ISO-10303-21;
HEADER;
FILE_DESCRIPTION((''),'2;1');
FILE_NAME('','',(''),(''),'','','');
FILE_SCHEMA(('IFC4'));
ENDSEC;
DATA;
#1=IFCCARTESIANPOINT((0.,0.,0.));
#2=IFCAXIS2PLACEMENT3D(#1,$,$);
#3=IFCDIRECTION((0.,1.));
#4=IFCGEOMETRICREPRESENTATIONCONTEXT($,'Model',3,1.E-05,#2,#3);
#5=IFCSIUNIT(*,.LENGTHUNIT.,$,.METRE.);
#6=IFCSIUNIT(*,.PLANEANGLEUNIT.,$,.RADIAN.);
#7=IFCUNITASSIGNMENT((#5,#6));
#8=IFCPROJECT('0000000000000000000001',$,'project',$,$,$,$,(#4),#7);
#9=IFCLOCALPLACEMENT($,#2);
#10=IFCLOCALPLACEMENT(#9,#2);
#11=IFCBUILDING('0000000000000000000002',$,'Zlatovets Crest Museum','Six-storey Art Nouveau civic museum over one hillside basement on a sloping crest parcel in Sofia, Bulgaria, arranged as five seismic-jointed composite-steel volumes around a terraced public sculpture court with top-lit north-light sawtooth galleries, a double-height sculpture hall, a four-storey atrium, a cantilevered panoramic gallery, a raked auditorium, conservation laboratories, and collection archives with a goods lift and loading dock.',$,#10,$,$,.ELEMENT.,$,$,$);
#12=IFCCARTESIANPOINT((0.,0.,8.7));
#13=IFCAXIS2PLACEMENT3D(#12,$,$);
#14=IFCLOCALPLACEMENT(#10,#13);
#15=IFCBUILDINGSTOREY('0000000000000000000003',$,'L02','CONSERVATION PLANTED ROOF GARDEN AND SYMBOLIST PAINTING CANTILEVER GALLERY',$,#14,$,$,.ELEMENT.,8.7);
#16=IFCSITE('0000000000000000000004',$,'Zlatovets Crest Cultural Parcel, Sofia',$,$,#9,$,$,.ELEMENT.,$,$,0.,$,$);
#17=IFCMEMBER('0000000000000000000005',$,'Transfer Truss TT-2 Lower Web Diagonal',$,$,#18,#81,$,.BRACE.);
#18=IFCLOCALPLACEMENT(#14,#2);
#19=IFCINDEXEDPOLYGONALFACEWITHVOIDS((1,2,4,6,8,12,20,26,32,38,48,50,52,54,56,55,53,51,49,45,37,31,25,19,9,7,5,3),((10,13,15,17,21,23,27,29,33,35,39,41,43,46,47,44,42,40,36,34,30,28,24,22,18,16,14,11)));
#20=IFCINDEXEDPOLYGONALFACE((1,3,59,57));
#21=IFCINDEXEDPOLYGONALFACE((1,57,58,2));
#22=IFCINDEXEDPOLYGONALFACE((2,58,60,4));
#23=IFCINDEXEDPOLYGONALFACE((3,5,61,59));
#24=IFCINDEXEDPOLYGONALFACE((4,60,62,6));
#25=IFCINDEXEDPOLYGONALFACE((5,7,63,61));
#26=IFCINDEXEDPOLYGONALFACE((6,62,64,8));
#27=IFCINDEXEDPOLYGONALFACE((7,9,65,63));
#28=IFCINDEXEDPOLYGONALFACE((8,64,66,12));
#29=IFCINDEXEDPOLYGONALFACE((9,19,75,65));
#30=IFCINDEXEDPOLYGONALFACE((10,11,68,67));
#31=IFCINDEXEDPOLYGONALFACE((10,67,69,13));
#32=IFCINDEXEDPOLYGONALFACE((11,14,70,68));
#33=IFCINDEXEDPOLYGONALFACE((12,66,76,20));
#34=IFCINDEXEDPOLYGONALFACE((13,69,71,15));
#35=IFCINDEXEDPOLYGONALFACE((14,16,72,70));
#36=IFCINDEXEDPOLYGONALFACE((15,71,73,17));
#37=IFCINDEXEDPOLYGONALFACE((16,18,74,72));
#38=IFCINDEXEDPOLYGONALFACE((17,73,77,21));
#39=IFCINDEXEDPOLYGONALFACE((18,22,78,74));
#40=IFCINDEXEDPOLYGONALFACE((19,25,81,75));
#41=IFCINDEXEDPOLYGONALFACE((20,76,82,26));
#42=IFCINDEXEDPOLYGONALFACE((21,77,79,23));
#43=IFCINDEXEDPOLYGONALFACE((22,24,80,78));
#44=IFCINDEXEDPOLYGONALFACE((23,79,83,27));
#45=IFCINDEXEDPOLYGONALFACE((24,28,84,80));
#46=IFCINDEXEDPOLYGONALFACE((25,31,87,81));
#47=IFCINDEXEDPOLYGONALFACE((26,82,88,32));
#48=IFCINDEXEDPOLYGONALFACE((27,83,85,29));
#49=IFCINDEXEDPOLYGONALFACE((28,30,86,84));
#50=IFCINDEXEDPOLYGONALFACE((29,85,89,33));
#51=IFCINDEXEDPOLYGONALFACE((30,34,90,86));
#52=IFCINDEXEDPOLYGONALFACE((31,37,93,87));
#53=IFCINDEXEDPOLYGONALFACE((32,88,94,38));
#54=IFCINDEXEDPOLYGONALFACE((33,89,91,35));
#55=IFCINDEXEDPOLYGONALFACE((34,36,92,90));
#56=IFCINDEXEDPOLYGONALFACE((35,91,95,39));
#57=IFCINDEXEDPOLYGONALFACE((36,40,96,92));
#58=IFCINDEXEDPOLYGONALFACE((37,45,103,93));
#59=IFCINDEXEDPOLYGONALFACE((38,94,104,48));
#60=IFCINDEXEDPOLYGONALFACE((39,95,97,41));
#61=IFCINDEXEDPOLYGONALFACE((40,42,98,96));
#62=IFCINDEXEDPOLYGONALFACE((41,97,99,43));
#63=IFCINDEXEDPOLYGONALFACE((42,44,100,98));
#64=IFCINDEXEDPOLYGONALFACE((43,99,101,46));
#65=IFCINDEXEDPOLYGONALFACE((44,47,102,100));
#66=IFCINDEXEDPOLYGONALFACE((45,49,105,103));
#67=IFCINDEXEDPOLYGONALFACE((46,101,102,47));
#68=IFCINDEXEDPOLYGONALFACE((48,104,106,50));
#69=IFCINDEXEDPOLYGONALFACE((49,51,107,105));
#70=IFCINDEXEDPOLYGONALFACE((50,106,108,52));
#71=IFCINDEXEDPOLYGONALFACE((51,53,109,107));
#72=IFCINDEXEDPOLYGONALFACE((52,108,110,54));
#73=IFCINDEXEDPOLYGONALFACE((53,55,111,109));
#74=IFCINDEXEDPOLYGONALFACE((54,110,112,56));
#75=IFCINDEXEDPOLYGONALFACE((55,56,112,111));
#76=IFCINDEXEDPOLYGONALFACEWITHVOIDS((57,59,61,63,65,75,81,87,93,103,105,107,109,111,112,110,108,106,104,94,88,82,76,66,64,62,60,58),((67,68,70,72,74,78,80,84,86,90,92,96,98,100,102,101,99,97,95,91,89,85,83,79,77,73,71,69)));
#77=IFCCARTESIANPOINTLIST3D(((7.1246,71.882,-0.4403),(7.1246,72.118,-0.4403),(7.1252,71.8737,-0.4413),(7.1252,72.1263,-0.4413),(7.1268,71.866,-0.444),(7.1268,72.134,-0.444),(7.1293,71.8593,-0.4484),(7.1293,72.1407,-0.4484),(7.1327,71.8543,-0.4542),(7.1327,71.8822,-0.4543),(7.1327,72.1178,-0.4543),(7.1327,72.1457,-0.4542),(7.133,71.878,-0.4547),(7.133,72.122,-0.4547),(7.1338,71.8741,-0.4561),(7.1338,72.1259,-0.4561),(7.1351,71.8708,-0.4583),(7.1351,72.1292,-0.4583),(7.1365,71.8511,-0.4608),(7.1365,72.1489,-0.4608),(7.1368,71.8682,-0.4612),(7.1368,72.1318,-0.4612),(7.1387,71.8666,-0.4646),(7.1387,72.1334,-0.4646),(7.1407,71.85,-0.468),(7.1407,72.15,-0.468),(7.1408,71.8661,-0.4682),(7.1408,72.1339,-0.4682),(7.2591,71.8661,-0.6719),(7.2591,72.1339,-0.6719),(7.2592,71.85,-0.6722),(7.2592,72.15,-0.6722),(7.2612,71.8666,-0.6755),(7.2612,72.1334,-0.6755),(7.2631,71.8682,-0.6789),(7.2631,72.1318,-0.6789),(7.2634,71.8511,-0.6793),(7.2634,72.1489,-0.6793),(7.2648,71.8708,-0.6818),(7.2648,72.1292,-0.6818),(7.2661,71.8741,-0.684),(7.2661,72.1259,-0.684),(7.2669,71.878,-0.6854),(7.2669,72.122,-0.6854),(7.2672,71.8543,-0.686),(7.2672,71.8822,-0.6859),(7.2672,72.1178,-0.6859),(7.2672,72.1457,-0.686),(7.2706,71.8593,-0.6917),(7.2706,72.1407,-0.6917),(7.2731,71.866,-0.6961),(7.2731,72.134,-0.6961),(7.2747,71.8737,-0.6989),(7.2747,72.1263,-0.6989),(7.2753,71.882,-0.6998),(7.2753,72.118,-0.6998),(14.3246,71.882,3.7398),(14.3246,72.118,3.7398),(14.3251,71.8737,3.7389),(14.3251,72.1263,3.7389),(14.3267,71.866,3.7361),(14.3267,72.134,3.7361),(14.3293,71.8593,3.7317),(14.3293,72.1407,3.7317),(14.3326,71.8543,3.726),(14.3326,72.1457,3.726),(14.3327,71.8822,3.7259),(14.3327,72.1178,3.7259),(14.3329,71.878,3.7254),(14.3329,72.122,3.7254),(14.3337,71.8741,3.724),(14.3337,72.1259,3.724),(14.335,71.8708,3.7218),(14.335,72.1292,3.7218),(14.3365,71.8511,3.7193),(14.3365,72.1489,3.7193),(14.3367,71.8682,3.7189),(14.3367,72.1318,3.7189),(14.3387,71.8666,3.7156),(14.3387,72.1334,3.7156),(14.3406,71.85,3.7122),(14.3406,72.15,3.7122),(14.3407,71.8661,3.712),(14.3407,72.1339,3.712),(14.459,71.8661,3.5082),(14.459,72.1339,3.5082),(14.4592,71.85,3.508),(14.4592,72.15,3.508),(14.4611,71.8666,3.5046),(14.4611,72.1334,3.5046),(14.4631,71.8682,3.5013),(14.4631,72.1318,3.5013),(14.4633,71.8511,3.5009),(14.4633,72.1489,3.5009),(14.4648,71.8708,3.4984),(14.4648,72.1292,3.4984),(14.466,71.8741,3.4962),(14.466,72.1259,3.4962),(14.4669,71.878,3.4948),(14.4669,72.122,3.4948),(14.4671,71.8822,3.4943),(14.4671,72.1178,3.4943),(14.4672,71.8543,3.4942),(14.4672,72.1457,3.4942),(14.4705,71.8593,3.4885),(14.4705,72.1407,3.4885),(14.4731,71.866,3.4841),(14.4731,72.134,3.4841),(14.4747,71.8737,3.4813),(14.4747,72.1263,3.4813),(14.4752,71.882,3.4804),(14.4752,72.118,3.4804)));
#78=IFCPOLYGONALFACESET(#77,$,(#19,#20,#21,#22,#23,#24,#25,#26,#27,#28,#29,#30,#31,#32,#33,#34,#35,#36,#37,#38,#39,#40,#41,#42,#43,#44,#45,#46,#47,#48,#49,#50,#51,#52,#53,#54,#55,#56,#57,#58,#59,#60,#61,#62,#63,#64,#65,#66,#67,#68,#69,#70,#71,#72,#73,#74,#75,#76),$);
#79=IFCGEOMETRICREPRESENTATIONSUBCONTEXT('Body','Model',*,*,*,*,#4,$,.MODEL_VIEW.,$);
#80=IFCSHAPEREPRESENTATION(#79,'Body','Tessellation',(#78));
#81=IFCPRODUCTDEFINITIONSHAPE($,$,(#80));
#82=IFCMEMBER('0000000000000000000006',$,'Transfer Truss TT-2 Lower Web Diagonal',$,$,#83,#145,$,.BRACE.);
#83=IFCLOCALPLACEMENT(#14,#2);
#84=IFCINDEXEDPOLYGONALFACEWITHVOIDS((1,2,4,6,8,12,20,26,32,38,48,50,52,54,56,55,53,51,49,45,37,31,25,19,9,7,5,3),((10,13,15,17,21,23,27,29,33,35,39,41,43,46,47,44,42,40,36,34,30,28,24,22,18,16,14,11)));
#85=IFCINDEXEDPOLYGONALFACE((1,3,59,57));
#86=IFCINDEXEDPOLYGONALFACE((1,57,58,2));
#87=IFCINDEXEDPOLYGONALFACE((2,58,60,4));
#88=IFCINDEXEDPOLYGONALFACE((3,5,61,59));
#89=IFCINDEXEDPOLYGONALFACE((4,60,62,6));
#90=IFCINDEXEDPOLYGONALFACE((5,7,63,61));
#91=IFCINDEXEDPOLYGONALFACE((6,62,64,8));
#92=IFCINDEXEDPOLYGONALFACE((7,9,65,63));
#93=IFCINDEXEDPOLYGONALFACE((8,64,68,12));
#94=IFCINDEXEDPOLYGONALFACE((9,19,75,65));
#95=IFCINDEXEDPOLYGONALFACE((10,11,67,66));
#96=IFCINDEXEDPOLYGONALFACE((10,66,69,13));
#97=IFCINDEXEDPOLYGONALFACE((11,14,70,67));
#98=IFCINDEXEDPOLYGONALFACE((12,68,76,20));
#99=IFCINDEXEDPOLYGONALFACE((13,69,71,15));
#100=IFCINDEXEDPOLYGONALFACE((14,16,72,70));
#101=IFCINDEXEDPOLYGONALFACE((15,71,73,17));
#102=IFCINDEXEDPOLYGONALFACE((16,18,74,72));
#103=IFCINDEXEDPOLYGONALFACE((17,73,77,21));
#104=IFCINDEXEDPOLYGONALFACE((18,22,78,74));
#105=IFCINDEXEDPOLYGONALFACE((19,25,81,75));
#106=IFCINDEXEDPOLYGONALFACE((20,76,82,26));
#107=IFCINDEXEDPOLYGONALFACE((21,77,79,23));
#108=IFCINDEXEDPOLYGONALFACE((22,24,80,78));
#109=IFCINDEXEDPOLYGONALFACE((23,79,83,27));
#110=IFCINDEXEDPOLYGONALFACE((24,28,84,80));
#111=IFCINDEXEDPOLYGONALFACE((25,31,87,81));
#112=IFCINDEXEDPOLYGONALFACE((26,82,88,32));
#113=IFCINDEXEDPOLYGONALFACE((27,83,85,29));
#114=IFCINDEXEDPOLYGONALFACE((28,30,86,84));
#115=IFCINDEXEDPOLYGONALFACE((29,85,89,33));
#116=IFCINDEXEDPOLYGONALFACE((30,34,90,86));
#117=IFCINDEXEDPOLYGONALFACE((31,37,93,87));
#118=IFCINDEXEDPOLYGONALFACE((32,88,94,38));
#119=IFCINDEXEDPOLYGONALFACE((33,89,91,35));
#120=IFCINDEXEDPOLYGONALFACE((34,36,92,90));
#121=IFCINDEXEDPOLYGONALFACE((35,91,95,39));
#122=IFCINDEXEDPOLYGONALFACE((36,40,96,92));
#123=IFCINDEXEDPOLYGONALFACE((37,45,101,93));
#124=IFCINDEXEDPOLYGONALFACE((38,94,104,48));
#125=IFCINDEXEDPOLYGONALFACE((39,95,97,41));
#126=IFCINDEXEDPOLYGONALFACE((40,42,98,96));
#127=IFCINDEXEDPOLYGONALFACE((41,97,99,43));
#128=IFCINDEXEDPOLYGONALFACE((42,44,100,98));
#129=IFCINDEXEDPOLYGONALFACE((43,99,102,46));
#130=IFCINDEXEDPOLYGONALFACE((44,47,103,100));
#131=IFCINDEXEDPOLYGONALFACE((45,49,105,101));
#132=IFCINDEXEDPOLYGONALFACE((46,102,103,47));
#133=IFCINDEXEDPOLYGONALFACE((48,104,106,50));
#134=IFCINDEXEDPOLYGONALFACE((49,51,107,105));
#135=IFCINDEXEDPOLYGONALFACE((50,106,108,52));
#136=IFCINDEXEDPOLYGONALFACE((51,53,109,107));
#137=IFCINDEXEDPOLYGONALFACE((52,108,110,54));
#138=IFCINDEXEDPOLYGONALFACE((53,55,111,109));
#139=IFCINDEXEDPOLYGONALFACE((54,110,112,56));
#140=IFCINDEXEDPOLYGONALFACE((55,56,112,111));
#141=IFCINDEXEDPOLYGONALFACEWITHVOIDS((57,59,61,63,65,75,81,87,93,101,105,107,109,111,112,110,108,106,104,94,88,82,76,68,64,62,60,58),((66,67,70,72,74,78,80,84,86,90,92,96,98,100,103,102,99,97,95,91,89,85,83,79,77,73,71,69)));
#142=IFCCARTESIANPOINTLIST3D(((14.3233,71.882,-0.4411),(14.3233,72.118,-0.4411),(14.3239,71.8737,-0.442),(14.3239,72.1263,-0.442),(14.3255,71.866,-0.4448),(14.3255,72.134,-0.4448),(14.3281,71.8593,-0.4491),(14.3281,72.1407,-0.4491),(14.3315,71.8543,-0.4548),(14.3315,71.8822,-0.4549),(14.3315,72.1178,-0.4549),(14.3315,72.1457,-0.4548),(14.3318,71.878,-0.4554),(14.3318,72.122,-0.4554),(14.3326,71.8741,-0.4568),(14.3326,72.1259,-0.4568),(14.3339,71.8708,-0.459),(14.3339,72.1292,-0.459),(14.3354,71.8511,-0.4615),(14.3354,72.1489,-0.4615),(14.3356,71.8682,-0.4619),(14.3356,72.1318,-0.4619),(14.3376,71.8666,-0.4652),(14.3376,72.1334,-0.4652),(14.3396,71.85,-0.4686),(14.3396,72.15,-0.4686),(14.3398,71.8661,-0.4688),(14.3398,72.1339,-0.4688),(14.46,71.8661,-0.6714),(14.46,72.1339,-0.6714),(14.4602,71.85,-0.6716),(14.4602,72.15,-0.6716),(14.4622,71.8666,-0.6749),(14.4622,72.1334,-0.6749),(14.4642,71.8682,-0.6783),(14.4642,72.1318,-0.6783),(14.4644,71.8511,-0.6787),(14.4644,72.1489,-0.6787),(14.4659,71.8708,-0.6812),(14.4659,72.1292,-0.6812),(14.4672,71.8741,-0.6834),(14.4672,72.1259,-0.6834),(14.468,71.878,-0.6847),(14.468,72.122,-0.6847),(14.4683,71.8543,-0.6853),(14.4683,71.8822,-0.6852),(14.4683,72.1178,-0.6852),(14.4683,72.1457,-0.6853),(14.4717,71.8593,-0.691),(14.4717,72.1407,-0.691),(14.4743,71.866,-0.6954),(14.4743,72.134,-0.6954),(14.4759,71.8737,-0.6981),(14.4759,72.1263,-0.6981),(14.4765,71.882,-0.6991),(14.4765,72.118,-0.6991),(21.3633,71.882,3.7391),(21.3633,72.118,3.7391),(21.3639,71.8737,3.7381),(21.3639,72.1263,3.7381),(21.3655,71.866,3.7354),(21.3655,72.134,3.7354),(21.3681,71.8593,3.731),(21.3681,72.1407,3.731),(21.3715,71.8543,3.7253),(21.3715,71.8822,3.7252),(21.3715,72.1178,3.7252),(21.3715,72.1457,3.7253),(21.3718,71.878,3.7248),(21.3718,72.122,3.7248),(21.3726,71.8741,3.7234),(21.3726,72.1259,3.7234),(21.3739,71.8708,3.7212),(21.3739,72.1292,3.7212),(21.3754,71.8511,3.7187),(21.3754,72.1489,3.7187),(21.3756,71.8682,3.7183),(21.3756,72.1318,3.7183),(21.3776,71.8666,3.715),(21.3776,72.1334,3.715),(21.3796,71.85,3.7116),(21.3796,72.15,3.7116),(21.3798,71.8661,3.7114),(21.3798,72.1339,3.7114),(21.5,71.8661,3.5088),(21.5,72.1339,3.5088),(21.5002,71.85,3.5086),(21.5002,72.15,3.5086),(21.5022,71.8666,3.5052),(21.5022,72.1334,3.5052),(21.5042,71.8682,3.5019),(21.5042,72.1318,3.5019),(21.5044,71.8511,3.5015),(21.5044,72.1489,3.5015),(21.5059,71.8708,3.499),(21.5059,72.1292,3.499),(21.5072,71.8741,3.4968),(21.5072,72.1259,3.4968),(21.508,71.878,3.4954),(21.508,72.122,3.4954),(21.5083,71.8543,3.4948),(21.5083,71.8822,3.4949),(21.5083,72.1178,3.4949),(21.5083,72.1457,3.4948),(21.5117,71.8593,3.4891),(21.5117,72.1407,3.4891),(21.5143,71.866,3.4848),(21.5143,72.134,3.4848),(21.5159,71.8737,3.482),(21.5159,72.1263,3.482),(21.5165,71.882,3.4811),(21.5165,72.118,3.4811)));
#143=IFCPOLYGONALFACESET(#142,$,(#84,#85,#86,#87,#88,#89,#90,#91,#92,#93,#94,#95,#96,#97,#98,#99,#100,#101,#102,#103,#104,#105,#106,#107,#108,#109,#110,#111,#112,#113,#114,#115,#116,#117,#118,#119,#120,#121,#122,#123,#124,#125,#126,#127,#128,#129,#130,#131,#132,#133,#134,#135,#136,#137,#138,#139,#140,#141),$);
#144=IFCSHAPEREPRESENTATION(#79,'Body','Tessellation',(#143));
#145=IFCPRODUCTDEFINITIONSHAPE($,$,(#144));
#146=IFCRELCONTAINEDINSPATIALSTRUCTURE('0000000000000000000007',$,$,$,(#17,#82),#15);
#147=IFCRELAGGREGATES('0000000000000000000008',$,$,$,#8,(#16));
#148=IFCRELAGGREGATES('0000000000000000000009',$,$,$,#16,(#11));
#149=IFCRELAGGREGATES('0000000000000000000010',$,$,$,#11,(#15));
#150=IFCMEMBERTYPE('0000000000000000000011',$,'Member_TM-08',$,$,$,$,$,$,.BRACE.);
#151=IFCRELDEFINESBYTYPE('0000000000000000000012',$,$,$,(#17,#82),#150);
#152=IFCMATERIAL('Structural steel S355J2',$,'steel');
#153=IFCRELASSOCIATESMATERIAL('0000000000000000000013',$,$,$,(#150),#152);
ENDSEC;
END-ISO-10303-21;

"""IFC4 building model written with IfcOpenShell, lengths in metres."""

from ifc_helpers import new_model, si_unit, direction, frame, origin, origin_2d, place, context, subcontext, project, spatial, hollow_rectangle, extrude, material, material_profile, profile_set, type_object, element, save


model = new_model("IFC4")

# Units and contexts
model_context = context("Model", 3, precision=1e-05, world=origin(), true_north=direction((0.0, 1.0)))
body_context = subcontext(model_context, "Body", "Model", "MODEL_VIEW")
ifc_project = project(units=[si_unit("LENGTHUNIT", "METRE"), si_unit("PLANEANGLEUNIT", "RADIAN")], contexts=[model_context])

# Site, building, storey
site_placement = place(None, origin())
site = spatial("IfcSite", under=ifc_project, at=site_placement, Name="Zlatovets Crest Cultural Parcel, Sofia", CompositionType="ELEMENT", RefElevation=0.0)
building_placement = place(site_placement, origin())
building = spatial("IfcBuilding", under=site, at=building_placement, Name="Zlatovets Crest Museum", Description="Six-storey Art Nouveau civic museum over one hillside basement on a sloping crest parcel in Sofia, Bulgaria, arranged as five seismic-jointed composite-steel volumes around a terraced public sculpture court with top-lit north-light sawtooth galleries, a double-height sculpture hall, a four-storey atrium, a cantilevered panoramic gallery, a raked auditorium, conservation laboratories, and collection archives with a goods lift and loading dock.", CompositionType="ELEMENT")
storey_placement = place(building_placement, frame((0.0, 0.0, 8.7)))
storey = spatial("IfcBuildingStorey", under=building, at=storey_placement, Name="L02", Description="CONSERVATION PLANTED ROOF GARDEN AND SYMBOLIST PAINTING CANTILEVER GALLERY", CompositionType="ELEMENT", Elevation=8.7)

# Shared definitions
ifc_material = material(Name="Structural steel S355J2", Category="steel")

# Members
ifc_material_profile_1 = material_profile(ifc_material, hollow_rectangle(XDim=0.3, YDim=0.3, WallThickness=0.0161, InnerFilletRadius=0.0161, OuterFilletRadius=0.032, at=origin_2d()), Name="SHS 300x300x16.0")
ifc_profile_set_1 = profile_set([ifc_material_profile_1], Name="Structural steel S355J2")
member_type = type_object("IfcMemberType", Name="Member_TM-08", PredefinedType="BRACE", material=ifc_profile_set_1)
member_1_placement = place(storey_placement, frame((7.2, 72.0, -0.5701), z_axis=(0.864812, 0.0, 0.502096), x_axis=(0.0, 1.0, 0.0)))
element("IfcMember", 1, at=member_1_placement, inside=storey, type_object=member_type, Name="Transfer Truss TT-2 Lower Web Diagonal", PredefinedType="BRACE", context=body_context, shape_type="SweptSolid", body=[
    extrude(hollow_rectangle(XDim=0.3, YDim=0.3, WallThickness=0.0161, InnerFilletRadius=0.0161, OuterFilletRadius=0.032, at=origin_2d()), origin(), (0.0, 0.0, 1.0), 8.3254),
])
member_2_placement = place(storey_placement, frame((14.3999, 72.0, -0.5701), z_axis=(0.859847, 0.0, 0.510553), x_axis=(0.0, 1.0, 0.0)))
element("IfcMember", 2, at=member_2_placement, inside=storey, type_object=member_type, Name="Transfer Truss TT-2 Lower Web Diagonal", PredefinedType="BRACE", context=body_context, shape_type="SweptSolid", body=[
    extrude(hollow_rectangle(XDim=0.3, YDim=0.3, WallThickness=0.0161, InnerFilletRadius=0.0161, OuterFilletRadius=0.032, at=origin_2d()), origin(), (0.0, 0.0, 1.0), 8.1875),
])

save(model, "model.ifc")
